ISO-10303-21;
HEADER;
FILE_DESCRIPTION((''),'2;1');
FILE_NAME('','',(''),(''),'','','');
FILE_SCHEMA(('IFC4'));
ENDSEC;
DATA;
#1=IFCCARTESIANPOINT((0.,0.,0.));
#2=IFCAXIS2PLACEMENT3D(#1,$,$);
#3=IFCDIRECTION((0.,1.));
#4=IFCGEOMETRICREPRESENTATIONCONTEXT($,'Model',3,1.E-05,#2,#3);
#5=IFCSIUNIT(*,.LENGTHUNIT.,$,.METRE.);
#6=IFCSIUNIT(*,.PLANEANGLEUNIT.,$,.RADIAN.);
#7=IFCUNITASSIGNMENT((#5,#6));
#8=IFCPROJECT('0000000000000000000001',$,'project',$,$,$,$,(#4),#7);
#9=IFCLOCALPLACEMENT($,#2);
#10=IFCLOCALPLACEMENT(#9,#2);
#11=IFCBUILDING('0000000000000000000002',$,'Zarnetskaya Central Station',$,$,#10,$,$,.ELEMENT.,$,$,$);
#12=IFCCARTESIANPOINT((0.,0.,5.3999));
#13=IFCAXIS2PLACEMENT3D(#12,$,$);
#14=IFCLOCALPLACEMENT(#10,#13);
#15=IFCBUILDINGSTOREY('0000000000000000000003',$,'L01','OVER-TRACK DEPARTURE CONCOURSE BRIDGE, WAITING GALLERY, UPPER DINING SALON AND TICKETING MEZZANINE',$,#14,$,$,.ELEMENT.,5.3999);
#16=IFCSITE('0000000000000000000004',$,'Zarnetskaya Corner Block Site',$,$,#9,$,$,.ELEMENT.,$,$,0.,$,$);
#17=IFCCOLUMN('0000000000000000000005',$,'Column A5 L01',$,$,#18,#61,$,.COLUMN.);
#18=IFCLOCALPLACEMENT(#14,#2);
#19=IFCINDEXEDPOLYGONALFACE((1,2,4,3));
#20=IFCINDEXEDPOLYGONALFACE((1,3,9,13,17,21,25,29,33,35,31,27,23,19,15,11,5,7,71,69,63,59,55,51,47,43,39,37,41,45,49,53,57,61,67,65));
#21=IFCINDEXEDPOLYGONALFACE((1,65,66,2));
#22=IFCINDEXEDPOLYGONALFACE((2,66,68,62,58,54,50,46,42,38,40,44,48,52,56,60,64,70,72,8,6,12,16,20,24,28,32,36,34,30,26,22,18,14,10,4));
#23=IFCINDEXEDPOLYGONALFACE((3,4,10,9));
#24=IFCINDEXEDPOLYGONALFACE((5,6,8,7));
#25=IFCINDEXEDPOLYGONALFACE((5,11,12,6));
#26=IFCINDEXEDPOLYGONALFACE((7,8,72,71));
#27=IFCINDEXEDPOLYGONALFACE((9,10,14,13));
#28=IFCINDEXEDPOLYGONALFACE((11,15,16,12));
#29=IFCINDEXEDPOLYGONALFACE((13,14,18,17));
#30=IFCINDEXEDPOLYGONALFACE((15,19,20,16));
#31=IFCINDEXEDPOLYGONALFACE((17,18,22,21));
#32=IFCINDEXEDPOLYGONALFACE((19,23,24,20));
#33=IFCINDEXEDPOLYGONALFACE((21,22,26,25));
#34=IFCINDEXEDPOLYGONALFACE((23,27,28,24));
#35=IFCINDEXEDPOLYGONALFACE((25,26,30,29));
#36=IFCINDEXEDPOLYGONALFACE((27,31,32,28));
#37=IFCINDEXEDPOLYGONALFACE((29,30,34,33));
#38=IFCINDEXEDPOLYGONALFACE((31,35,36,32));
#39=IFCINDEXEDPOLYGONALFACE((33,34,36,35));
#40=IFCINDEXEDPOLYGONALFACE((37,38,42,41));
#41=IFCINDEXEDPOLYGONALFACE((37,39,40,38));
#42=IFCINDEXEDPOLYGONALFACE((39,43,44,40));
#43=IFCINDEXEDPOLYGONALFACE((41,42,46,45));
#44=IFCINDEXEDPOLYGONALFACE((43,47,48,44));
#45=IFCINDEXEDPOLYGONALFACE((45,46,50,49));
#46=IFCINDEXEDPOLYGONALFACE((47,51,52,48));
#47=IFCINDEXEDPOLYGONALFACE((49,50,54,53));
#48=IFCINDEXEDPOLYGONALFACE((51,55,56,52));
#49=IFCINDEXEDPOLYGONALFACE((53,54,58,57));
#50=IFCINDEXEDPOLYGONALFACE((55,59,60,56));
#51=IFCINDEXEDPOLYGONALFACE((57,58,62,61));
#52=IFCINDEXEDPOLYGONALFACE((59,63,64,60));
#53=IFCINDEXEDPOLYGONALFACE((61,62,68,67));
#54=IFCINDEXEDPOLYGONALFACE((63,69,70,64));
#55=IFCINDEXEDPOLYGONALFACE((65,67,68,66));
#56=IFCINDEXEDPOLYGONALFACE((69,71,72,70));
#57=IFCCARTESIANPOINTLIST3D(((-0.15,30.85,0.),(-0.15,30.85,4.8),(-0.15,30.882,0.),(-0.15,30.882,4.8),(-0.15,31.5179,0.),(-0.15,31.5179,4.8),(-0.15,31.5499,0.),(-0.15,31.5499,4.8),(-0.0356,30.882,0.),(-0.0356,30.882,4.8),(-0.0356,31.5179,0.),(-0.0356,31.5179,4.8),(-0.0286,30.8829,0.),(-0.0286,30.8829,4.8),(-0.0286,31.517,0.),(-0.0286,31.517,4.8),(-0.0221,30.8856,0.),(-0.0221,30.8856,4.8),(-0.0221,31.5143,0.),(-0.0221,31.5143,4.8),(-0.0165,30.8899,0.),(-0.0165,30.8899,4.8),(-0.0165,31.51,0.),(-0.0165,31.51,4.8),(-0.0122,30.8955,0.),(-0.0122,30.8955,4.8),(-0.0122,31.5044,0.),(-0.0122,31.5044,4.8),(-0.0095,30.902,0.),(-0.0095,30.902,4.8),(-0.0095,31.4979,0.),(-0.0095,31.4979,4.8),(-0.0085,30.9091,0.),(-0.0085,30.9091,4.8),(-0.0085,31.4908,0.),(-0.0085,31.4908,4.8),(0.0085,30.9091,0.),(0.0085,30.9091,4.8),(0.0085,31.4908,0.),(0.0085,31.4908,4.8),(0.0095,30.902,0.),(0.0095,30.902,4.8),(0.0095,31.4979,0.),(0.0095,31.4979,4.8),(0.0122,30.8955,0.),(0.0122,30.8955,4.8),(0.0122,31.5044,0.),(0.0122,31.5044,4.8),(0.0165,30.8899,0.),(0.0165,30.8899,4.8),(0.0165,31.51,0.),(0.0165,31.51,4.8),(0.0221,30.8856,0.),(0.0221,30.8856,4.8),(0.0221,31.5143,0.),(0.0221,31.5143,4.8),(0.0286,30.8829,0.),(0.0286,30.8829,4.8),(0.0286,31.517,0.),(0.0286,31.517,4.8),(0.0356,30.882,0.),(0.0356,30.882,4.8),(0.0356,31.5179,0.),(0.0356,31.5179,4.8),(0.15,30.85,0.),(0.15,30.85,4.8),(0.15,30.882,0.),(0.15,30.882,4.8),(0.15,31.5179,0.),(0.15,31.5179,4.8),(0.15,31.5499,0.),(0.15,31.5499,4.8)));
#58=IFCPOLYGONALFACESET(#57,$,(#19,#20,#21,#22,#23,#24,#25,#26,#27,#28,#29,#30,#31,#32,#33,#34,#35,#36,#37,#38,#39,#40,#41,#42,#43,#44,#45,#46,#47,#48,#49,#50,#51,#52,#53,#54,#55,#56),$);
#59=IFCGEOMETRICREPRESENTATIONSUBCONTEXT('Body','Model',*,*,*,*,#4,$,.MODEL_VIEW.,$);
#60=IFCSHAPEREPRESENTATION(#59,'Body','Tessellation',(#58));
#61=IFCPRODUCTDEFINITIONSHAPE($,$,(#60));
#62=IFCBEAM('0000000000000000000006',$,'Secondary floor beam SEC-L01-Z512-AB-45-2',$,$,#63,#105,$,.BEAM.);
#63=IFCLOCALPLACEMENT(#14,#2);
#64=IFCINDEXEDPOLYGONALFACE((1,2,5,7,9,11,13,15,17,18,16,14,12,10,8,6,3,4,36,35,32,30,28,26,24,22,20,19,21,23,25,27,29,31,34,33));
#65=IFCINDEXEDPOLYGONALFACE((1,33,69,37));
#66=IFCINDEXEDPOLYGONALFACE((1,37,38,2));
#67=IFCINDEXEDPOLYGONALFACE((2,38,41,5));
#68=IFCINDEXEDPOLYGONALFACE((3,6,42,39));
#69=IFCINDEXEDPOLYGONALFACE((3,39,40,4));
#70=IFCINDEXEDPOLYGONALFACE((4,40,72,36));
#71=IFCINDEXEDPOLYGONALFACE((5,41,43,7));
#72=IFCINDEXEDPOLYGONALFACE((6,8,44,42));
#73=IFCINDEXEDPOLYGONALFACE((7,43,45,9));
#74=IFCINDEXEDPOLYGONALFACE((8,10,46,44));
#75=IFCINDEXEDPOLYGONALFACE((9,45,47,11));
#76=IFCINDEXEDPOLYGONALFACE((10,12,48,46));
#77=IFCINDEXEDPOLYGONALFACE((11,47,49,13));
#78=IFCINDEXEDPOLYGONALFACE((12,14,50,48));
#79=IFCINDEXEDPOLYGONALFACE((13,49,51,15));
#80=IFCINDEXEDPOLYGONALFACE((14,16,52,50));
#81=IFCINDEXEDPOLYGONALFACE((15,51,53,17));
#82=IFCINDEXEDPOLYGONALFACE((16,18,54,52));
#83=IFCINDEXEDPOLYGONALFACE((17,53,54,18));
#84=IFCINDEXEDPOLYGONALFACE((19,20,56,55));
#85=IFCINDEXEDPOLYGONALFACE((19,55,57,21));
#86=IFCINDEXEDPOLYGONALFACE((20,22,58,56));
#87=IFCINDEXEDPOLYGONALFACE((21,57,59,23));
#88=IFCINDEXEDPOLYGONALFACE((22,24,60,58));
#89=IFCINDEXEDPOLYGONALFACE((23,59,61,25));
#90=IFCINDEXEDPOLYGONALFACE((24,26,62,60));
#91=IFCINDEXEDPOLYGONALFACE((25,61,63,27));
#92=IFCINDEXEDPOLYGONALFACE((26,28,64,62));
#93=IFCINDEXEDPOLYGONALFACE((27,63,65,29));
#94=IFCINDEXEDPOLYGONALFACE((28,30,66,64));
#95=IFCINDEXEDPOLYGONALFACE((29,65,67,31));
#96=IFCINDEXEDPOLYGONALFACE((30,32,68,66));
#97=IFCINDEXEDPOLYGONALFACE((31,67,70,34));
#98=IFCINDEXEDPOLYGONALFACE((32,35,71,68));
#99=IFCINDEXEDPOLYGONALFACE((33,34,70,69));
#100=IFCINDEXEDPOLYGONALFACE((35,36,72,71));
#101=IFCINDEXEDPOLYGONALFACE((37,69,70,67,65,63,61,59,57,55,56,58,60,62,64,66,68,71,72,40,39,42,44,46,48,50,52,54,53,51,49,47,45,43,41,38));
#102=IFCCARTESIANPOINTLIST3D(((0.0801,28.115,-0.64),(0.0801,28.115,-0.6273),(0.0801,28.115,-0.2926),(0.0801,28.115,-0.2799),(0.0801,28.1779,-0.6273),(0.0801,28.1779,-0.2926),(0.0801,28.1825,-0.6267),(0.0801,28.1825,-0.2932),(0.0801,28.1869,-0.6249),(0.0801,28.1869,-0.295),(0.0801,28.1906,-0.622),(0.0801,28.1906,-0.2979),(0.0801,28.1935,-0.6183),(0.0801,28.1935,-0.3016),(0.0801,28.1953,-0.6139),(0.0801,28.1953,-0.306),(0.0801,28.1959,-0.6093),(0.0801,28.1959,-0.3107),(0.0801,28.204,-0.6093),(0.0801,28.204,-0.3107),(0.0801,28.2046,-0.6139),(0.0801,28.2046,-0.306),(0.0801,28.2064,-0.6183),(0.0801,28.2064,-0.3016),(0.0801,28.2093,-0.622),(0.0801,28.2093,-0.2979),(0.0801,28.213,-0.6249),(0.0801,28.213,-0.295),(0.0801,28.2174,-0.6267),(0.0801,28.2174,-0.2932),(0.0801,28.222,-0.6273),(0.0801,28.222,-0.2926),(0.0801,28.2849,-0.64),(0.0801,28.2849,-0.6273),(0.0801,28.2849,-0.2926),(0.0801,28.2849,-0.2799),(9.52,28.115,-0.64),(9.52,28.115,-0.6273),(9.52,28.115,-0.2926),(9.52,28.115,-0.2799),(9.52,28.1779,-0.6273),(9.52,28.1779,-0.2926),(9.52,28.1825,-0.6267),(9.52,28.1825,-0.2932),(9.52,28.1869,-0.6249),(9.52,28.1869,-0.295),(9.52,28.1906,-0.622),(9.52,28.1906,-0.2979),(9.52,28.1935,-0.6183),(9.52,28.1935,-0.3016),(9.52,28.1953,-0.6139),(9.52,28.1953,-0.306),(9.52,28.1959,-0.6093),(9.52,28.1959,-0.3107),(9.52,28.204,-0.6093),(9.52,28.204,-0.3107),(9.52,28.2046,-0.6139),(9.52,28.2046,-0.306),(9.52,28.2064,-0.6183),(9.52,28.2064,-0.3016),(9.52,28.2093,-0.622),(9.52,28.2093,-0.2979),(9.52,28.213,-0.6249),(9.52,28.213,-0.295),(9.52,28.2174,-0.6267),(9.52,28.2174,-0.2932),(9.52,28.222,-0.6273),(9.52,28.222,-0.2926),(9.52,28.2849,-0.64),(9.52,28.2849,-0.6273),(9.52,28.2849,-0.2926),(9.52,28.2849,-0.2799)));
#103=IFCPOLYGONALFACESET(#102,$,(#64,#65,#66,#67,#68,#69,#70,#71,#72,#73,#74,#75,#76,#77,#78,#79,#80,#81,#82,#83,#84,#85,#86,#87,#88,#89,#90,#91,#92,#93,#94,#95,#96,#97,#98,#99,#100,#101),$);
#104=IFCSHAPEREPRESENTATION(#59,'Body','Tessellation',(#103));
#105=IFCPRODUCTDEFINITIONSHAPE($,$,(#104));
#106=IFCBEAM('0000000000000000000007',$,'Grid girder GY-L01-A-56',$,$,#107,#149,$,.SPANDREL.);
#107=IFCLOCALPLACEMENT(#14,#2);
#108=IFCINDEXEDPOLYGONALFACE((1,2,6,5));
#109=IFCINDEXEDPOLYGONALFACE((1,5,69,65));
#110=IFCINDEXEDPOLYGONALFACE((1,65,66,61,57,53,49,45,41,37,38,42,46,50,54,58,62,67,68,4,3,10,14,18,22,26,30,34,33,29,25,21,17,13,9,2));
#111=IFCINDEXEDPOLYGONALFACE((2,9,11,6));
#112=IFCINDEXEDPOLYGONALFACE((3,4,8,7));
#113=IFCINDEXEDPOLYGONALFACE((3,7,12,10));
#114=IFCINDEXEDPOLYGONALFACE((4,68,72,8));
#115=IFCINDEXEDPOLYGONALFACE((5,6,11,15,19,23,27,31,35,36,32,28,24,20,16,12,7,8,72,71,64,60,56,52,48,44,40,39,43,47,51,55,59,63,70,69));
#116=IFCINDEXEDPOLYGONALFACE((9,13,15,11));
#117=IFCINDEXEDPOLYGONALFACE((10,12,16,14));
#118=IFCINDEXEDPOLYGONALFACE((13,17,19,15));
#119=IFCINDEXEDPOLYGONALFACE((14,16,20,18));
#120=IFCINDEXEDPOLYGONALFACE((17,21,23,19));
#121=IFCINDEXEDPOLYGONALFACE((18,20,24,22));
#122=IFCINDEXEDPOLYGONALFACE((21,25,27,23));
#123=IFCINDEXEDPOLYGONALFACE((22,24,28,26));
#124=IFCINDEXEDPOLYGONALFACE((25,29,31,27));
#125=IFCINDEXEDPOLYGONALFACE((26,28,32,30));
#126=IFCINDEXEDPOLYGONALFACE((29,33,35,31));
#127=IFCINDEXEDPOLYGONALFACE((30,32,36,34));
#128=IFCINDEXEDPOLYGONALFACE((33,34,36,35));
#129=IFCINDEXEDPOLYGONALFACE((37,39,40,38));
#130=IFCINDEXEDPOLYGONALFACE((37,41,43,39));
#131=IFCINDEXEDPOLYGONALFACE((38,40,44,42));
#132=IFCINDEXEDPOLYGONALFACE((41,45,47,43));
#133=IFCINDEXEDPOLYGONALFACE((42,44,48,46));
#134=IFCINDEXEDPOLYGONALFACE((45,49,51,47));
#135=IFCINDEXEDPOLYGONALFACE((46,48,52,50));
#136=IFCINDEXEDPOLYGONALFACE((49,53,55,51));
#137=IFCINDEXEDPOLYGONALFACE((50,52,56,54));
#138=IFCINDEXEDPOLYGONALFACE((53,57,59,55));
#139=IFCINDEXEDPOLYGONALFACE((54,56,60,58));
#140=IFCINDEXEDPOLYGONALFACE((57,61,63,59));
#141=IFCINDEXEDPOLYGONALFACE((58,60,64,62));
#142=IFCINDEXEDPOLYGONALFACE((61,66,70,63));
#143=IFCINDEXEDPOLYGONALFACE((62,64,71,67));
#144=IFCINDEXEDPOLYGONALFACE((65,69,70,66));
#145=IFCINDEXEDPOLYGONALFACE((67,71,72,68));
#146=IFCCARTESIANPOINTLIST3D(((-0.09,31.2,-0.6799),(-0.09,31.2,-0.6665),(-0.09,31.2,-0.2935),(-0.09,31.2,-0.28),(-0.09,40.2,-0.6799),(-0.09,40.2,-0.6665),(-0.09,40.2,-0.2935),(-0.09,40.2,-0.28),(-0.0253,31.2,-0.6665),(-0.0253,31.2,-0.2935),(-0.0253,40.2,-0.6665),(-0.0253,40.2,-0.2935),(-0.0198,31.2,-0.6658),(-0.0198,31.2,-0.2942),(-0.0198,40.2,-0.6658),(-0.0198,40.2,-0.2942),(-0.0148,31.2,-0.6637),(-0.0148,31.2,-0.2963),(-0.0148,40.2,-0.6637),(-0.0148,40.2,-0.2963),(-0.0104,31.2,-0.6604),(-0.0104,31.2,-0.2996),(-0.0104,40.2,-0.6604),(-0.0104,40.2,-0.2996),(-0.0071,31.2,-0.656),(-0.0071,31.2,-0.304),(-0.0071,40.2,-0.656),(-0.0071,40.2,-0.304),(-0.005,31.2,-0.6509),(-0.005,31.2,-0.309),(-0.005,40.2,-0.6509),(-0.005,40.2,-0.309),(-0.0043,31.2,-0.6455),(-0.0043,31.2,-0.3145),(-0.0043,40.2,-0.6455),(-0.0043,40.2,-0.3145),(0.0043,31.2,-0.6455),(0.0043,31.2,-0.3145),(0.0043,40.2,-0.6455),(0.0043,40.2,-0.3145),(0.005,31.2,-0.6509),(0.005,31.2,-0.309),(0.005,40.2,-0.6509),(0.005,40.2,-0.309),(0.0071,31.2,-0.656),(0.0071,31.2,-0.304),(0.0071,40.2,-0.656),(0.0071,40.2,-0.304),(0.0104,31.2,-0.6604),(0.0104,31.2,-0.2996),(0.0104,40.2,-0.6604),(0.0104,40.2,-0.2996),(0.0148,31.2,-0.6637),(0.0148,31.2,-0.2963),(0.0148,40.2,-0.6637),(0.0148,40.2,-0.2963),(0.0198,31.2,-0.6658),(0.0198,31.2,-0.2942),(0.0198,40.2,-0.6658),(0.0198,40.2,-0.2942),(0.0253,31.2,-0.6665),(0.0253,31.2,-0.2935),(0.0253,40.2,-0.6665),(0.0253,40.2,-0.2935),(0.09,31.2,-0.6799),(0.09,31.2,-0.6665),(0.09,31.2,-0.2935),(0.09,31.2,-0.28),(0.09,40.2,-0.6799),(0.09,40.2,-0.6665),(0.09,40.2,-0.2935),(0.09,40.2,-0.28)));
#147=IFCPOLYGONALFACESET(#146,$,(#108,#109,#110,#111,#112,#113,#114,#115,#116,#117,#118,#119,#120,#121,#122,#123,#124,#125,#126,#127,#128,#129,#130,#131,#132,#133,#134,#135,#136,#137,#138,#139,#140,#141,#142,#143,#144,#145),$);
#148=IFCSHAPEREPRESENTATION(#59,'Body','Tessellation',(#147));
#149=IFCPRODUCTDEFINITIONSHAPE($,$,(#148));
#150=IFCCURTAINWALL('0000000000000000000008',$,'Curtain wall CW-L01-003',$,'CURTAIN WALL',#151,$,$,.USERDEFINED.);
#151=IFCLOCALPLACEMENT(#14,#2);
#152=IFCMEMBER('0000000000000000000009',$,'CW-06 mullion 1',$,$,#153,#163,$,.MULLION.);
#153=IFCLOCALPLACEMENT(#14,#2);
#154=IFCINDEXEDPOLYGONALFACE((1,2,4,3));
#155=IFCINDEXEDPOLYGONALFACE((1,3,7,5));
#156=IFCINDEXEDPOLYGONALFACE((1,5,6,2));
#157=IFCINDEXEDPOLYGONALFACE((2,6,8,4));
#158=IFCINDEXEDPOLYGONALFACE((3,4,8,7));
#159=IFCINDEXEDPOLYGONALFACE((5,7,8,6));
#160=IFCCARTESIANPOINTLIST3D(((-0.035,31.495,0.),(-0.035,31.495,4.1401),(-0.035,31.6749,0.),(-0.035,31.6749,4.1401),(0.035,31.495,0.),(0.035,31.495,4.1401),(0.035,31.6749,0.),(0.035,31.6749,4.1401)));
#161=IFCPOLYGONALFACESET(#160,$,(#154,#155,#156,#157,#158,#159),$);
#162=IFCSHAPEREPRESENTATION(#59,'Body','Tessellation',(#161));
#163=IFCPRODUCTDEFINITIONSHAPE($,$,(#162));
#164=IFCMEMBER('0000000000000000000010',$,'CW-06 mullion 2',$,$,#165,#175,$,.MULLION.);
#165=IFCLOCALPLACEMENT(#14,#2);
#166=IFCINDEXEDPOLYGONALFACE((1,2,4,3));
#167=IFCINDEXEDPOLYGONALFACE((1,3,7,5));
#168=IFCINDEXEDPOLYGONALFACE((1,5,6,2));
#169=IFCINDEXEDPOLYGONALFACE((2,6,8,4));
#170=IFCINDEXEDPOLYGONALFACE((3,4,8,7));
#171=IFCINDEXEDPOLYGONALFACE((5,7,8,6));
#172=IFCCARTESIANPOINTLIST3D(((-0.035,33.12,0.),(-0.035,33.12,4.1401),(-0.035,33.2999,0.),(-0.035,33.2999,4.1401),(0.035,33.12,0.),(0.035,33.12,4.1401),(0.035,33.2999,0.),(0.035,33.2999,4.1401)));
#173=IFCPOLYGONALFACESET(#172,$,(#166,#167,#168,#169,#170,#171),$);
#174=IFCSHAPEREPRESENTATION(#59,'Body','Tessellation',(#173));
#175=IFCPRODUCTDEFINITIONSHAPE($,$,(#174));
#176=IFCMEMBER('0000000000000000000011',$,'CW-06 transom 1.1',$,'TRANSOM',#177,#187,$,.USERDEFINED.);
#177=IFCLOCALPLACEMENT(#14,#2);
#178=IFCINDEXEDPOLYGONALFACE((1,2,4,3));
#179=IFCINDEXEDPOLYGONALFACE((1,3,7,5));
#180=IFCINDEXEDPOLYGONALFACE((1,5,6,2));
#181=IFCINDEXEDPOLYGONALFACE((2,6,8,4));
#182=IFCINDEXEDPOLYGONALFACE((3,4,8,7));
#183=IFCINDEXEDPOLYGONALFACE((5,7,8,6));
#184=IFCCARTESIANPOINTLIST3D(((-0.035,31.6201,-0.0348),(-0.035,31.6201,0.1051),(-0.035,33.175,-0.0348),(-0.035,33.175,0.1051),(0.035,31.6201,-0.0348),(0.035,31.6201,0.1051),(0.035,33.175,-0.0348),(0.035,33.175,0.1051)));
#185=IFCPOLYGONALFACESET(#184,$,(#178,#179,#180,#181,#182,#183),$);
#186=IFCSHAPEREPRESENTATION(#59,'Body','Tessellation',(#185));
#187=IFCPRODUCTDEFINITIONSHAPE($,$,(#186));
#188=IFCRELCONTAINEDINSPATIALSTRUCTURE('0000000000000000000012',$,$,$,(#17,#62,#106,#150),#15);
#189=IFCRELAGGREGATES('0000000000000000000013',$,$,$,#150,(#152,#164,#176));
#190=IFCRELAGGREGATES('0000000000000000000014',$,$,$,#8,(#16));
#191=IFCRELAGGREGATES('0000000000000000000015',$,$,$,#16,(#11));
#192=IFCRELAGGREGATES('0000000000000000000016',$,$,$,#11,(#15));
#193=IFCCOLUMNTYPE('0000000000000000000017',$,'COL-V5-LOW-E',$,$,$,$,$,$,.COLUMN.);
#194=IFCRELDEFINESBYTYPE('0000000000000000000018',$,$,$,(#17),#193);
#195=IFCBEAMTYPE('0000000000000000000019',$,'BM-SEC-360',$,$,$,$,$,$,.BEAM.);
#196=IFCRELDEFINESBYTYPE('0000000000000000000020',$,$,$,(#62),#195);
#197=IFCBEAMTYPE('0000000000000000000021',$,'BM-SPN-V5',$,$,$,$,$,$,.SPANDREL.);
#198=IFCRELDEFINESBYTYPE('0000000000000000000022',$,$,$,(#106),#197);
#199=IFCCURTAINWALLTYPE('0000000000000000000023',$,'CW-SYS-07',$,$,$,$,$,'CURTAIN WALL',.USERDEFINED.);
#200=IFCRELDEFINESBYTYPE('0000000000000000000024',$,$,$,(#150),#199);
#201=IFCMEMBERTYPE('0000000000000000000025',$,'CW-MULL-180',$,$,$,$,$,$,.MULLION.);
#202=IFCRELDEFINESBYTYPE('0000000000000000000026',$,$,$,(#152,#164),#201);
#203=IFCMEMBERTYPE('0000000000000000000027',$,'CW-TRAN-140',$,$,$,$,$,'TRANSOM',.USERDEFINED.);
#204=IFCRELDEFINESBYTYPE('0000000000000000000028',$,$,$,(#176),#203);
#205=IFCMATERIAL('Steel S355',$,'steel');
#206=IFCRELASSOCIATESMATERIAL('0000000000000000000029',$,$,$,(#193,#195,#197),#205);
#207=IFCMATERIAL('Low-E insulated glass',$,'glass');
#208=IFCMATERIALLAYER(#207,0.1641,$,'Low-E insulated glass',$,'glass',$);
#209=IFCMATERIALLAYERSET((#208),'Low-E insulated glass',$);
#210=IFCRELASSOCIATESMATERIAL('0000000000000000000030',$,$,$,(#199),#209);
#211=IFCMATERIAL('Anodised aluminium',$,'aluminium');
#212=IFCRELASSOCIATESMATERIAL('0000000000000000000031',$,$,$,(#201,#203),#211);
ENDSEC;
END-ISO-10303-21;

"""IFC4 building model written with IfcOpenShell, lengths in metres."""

from ifc_helpers import new_model, si_unit, direction, frame, origin, origin_2d, place, context, subcontext, project, spatial, rectangle, i_section, extrude, material, layer, layer_set, material_profile, profile_set, type_object, element, aggregate, save


model = new_model("IFC4")

# Units and contexts
model_context = context("Model", 3, precision=1e-05, world=origin(), true_north=direction((0.0, 1.0)))
body_context = subcontext(model_context, "Body", "Model", "MODEL_VIEW")
ifc_project = project(units=[si_unit("LENGTHUNIT", "METRE"), si_unit("PLANEANGLEUNIT", "RADIAN")], contexts=[model_context])

# Site, building, storey
site_placement = place(None, origin())
site = spatial("IfcSite", under=ifc_project, at=site_placement, Name="Zarnetskaya Corner Block Site", CompositionType="ELEMENT", RefElevation=0.0)
building_placement = place(site_placement, origin())
building = spatial("IfcBuilding", under=site, at=building_placement, Name="Zarnetskaya Central Station", CompositionType="ELEMENT")
storey_placement = place(building_placement, frame((0.0, 0.0, 5.3999)))
storey = spatial("IfcBuildingStorey", under=building, at=storey_placement, Name="L01", Description="OVER-TRACK DEPARTURE CONCOURSE BRIDGE, WAITING GALLERY, UPPER DINING SALON AND TICKETING MEZZANINE", CompositionType="ELEMENT", Elevation=5.3999)

# Column
ifc_material_1 = material(Name="Steel S355", Category="steel")
ifc_material_profile_1 = material_profile(ifc_material_1, i_section(OverallWidth=0.3, OverallDepth=0.7, WebThickness=0.0171, FlangeThickness=0.032, FilletRadius=0.0271, at=origin_2d()), Name="HEB 700")
ifc_profile_set_1 = profile_set([ifc_material_profile_1], Name="Steel S355")
column_type = type_object("IfcColumnType", Name="COL-V5-LOW-E", PredefinedType="COLUMN", material=ifc_profile_set_1)
column_placement = place(storey_placement, frame((0.0, 31.2, 0.0), z_axis=(0.0, 0.0, 1.0), x_axis=(1.0, 0.0, 0.0)))
element("IfcColumn", 1, at=column_placement, inside=storey, type_object=column_type, Name="Column A5 L01", PredefinedType="COLUMN", context=body_context, shape_type="SweptSolid", body=[
    extrude(i_section(OverallWidth=0.3, OverallDepth=0.7, WebThickness=0.0171, FlangeThickness=0.032, FilletRadius=0.0271, at=origin_2d()), origin(), (0.0, 0.0, 1.0), 4.8),
])

# Beams
ifc_material_profile_2 = material_profile(ifc_material_1, i_section(OverallWidth=0.1699, OverallDepth=0.3601, WebThickness=0.0081, FlangeThickness=0.0127, FilletRadius=0.0181, at=origin_2d()), Name="IPE 360")
ifc_profile_set_2 = profile_set([ifc_material_profile_2], Name="Steel S355")
beam_type_1 = type_object("IfcBeamType", Name="BM-SEC-360", PredefinedType="BEAM", material=ifc_profile_set_2)
beam_1_placement = place(storey_placement, frame((0.0801, 28.2, -0.46), z_axis=(1.0, 0.0, 0.0), x_axis=(0.0, 1.0, 0.0)))
element("IfcBeam", 2, at=beam_1_placement, inside=storey, type_object=beam_type_1, Name="Secondary floor beam SEC-L01-Z512-AB-45-2", PredefinedType="BEAM", context=body_context, shape_type="SweptSolid", body=[
    extrude(i_section(OverallWidth=0.1699, OverallDepth=0.3601, WebThickness=0.0081, FlangeThickness=0.0127, FilletRadius=0.0181, at=origin_2d()), origin(), (0.0, 0.0, 1.0), 9.4399),
])
ifc_material_profile_3 = material_profile(ifc_material_1, i_section(OverallWidth=0.1799, OverallDepth=0.3999, WebThickness=0.0085, FlangeThickness=0.0134, FilletRadius=0.021, at=origin_2d()), Name="IPE 400")
ifc_profile_set_3 = profile_set([ifc_material_profile_3], Name="Steel S355")
beam_type_2 = type_object("IfcBeamType", Name="BM-SPN-V5", PredefinedType="SPANDREL", material=ifc_profile_set_3)
beam_2_placement = place(storey_placement, frame((0.0, 31.2, -0.48), z_axis=(0.0, 1.0, 0.0), x_axis=(-1.0, 0.0, 0.0)))
element("IfcBeam", 3, at=beam_2_placement, inside=storey, type_object=beam_type_2, Name="Grid girder GY-L01-A-56", PredefinedType="SPANDREL", context=body_context, shape_type="SweptSolid", body=[
    extrude(i_section(OverallWidth=0.1799, OverallDepth=0.3999, WebThickness=0.0085, FlangeThickness=0.0134, FilletRadius=0.021, at=origin_2d()), origin(), (0.0, 0.0, 1.0), 9.0),
])

# Curtain wall, members
ifc_material_2 = material(Name="Low-E insulated glass", Category="glass")
ifc_layer_1 = layer(ifc_material_2, 0.1641, Name="Low-E insulated glass", Category="glass")
ifc_layer_set_1 = layer_set([ifc_layer_1], Name="Low-E insulated glass")
curtain_wall_type = type_object("IfcCurtainWallType", Name="CW-SYS-07", ElementType="CURTAIN WALL", PredefinedType="USERDEFINED", material=ifc_layer_set_1)
curtain_wall_placement = place(storey_placement, origin())
curtain_wall = element("IfcCurtainWall", 4, at=curtain_wall_placement, inside=storey, type_object=curtain_wall_type, Name="Curtain wall CW-L01-003", ObjectType="CURTAIN WALL", PredefinedType="USERDEFINED")
ifc_material_3 = material(Name="Anodised aluminium", Category="aluminium")
ifc_material_profile_4 = material_profile(ifc_material_3, rectangle(XDim=0.0701, YDim=0.1799, at=origin_2d()), Name="ALU MULL 70x180")
ifc_profile_set_4 = profile_set([ifc_material_profile_4], Name="Anodised aluminium")
member_type_1 = type_object("IfcMemberType", Name="CW-MULL-180", PredefinedType="MULLION", material=ifc_profile_set_4)
member_1_placement = place(storey_placement, frame((0.0, 31.585, 0.0), z_axis=(0.0, 0.0, 1.0), x_axis=(-1.0, 0.0, 0.0)))
member_1 = element("IfcMember", 5, at=member_1_placement, type_object=member_type_1, Name="CW-06 mullion 1", PredefinedType="MULLION", context=body_context, shape_type="SweptSolid", body=[
    extrude(rectangle(XDim=0.0701, YDim=0.1799, at=origin_2d()), origin(), (0.0, 0.0, 1.0), 4.1401),
])
member_2_placement = place(storey_placement, frame((0.0, 33.21, 0.0), z_axis=(0.0, 0.0, 1.0), x_axis=(-1.0, 0.0, 0.0)))
member_2 = element("IfcMember", 6, at=member_2_placement, type_object=member_type_1, Name="CW-06 mullion 2", PredefinedType="MULLION", context=body_context, shape_type="SweptSolid", body=[
    extrude(rectangle(XDim=0.0701, YDim=0.1799, at=origin_2d()), origin(), (0.0, 0.0, 1.0), 4.1401),
])
ifc_material_profile_5 = material_profile(ifc_material_3, rectangle(XDim=0.0701, YDim=0.1399, at=origin_2d()), Name="ALU TRAN 70x140")
ifc_profile_set_5 = profile_set([ifc_material_profile_5], Name="Anodised aluminium")
member_type_2 = type_object("IfcMemberType", Name="CW-TRAN-140", ElementType="TRANSOM", PredefinedType="USERDEFINED", material=ifc_profile_set_5)
member_3_placement = place(storey_placement, frame((0.0, 31.6201, 0.0352), z_axis=(0.0, 1.0, 0.0), x_axis=(-1.0, 0.0, 0.0)))
member_3 = element("IfcMember", 7, at=member_3_placement, type_object=member_type_2, Name="CW-06 transom 1.1", ObjectType="TRANSOM", PredefinedType="USERDEFINED", context=body_context, shape_type="SweptSolid", body=[
    extrude(rectangle(XDim=0.0701, YDim=0.1399, at=origin_2d()), origin(), (0.0, 0.0, 1.0), 1.5549),
])

aggregate(curtain_wall, [member_1, member_2, member_3])

save(model, "model.ifc")
